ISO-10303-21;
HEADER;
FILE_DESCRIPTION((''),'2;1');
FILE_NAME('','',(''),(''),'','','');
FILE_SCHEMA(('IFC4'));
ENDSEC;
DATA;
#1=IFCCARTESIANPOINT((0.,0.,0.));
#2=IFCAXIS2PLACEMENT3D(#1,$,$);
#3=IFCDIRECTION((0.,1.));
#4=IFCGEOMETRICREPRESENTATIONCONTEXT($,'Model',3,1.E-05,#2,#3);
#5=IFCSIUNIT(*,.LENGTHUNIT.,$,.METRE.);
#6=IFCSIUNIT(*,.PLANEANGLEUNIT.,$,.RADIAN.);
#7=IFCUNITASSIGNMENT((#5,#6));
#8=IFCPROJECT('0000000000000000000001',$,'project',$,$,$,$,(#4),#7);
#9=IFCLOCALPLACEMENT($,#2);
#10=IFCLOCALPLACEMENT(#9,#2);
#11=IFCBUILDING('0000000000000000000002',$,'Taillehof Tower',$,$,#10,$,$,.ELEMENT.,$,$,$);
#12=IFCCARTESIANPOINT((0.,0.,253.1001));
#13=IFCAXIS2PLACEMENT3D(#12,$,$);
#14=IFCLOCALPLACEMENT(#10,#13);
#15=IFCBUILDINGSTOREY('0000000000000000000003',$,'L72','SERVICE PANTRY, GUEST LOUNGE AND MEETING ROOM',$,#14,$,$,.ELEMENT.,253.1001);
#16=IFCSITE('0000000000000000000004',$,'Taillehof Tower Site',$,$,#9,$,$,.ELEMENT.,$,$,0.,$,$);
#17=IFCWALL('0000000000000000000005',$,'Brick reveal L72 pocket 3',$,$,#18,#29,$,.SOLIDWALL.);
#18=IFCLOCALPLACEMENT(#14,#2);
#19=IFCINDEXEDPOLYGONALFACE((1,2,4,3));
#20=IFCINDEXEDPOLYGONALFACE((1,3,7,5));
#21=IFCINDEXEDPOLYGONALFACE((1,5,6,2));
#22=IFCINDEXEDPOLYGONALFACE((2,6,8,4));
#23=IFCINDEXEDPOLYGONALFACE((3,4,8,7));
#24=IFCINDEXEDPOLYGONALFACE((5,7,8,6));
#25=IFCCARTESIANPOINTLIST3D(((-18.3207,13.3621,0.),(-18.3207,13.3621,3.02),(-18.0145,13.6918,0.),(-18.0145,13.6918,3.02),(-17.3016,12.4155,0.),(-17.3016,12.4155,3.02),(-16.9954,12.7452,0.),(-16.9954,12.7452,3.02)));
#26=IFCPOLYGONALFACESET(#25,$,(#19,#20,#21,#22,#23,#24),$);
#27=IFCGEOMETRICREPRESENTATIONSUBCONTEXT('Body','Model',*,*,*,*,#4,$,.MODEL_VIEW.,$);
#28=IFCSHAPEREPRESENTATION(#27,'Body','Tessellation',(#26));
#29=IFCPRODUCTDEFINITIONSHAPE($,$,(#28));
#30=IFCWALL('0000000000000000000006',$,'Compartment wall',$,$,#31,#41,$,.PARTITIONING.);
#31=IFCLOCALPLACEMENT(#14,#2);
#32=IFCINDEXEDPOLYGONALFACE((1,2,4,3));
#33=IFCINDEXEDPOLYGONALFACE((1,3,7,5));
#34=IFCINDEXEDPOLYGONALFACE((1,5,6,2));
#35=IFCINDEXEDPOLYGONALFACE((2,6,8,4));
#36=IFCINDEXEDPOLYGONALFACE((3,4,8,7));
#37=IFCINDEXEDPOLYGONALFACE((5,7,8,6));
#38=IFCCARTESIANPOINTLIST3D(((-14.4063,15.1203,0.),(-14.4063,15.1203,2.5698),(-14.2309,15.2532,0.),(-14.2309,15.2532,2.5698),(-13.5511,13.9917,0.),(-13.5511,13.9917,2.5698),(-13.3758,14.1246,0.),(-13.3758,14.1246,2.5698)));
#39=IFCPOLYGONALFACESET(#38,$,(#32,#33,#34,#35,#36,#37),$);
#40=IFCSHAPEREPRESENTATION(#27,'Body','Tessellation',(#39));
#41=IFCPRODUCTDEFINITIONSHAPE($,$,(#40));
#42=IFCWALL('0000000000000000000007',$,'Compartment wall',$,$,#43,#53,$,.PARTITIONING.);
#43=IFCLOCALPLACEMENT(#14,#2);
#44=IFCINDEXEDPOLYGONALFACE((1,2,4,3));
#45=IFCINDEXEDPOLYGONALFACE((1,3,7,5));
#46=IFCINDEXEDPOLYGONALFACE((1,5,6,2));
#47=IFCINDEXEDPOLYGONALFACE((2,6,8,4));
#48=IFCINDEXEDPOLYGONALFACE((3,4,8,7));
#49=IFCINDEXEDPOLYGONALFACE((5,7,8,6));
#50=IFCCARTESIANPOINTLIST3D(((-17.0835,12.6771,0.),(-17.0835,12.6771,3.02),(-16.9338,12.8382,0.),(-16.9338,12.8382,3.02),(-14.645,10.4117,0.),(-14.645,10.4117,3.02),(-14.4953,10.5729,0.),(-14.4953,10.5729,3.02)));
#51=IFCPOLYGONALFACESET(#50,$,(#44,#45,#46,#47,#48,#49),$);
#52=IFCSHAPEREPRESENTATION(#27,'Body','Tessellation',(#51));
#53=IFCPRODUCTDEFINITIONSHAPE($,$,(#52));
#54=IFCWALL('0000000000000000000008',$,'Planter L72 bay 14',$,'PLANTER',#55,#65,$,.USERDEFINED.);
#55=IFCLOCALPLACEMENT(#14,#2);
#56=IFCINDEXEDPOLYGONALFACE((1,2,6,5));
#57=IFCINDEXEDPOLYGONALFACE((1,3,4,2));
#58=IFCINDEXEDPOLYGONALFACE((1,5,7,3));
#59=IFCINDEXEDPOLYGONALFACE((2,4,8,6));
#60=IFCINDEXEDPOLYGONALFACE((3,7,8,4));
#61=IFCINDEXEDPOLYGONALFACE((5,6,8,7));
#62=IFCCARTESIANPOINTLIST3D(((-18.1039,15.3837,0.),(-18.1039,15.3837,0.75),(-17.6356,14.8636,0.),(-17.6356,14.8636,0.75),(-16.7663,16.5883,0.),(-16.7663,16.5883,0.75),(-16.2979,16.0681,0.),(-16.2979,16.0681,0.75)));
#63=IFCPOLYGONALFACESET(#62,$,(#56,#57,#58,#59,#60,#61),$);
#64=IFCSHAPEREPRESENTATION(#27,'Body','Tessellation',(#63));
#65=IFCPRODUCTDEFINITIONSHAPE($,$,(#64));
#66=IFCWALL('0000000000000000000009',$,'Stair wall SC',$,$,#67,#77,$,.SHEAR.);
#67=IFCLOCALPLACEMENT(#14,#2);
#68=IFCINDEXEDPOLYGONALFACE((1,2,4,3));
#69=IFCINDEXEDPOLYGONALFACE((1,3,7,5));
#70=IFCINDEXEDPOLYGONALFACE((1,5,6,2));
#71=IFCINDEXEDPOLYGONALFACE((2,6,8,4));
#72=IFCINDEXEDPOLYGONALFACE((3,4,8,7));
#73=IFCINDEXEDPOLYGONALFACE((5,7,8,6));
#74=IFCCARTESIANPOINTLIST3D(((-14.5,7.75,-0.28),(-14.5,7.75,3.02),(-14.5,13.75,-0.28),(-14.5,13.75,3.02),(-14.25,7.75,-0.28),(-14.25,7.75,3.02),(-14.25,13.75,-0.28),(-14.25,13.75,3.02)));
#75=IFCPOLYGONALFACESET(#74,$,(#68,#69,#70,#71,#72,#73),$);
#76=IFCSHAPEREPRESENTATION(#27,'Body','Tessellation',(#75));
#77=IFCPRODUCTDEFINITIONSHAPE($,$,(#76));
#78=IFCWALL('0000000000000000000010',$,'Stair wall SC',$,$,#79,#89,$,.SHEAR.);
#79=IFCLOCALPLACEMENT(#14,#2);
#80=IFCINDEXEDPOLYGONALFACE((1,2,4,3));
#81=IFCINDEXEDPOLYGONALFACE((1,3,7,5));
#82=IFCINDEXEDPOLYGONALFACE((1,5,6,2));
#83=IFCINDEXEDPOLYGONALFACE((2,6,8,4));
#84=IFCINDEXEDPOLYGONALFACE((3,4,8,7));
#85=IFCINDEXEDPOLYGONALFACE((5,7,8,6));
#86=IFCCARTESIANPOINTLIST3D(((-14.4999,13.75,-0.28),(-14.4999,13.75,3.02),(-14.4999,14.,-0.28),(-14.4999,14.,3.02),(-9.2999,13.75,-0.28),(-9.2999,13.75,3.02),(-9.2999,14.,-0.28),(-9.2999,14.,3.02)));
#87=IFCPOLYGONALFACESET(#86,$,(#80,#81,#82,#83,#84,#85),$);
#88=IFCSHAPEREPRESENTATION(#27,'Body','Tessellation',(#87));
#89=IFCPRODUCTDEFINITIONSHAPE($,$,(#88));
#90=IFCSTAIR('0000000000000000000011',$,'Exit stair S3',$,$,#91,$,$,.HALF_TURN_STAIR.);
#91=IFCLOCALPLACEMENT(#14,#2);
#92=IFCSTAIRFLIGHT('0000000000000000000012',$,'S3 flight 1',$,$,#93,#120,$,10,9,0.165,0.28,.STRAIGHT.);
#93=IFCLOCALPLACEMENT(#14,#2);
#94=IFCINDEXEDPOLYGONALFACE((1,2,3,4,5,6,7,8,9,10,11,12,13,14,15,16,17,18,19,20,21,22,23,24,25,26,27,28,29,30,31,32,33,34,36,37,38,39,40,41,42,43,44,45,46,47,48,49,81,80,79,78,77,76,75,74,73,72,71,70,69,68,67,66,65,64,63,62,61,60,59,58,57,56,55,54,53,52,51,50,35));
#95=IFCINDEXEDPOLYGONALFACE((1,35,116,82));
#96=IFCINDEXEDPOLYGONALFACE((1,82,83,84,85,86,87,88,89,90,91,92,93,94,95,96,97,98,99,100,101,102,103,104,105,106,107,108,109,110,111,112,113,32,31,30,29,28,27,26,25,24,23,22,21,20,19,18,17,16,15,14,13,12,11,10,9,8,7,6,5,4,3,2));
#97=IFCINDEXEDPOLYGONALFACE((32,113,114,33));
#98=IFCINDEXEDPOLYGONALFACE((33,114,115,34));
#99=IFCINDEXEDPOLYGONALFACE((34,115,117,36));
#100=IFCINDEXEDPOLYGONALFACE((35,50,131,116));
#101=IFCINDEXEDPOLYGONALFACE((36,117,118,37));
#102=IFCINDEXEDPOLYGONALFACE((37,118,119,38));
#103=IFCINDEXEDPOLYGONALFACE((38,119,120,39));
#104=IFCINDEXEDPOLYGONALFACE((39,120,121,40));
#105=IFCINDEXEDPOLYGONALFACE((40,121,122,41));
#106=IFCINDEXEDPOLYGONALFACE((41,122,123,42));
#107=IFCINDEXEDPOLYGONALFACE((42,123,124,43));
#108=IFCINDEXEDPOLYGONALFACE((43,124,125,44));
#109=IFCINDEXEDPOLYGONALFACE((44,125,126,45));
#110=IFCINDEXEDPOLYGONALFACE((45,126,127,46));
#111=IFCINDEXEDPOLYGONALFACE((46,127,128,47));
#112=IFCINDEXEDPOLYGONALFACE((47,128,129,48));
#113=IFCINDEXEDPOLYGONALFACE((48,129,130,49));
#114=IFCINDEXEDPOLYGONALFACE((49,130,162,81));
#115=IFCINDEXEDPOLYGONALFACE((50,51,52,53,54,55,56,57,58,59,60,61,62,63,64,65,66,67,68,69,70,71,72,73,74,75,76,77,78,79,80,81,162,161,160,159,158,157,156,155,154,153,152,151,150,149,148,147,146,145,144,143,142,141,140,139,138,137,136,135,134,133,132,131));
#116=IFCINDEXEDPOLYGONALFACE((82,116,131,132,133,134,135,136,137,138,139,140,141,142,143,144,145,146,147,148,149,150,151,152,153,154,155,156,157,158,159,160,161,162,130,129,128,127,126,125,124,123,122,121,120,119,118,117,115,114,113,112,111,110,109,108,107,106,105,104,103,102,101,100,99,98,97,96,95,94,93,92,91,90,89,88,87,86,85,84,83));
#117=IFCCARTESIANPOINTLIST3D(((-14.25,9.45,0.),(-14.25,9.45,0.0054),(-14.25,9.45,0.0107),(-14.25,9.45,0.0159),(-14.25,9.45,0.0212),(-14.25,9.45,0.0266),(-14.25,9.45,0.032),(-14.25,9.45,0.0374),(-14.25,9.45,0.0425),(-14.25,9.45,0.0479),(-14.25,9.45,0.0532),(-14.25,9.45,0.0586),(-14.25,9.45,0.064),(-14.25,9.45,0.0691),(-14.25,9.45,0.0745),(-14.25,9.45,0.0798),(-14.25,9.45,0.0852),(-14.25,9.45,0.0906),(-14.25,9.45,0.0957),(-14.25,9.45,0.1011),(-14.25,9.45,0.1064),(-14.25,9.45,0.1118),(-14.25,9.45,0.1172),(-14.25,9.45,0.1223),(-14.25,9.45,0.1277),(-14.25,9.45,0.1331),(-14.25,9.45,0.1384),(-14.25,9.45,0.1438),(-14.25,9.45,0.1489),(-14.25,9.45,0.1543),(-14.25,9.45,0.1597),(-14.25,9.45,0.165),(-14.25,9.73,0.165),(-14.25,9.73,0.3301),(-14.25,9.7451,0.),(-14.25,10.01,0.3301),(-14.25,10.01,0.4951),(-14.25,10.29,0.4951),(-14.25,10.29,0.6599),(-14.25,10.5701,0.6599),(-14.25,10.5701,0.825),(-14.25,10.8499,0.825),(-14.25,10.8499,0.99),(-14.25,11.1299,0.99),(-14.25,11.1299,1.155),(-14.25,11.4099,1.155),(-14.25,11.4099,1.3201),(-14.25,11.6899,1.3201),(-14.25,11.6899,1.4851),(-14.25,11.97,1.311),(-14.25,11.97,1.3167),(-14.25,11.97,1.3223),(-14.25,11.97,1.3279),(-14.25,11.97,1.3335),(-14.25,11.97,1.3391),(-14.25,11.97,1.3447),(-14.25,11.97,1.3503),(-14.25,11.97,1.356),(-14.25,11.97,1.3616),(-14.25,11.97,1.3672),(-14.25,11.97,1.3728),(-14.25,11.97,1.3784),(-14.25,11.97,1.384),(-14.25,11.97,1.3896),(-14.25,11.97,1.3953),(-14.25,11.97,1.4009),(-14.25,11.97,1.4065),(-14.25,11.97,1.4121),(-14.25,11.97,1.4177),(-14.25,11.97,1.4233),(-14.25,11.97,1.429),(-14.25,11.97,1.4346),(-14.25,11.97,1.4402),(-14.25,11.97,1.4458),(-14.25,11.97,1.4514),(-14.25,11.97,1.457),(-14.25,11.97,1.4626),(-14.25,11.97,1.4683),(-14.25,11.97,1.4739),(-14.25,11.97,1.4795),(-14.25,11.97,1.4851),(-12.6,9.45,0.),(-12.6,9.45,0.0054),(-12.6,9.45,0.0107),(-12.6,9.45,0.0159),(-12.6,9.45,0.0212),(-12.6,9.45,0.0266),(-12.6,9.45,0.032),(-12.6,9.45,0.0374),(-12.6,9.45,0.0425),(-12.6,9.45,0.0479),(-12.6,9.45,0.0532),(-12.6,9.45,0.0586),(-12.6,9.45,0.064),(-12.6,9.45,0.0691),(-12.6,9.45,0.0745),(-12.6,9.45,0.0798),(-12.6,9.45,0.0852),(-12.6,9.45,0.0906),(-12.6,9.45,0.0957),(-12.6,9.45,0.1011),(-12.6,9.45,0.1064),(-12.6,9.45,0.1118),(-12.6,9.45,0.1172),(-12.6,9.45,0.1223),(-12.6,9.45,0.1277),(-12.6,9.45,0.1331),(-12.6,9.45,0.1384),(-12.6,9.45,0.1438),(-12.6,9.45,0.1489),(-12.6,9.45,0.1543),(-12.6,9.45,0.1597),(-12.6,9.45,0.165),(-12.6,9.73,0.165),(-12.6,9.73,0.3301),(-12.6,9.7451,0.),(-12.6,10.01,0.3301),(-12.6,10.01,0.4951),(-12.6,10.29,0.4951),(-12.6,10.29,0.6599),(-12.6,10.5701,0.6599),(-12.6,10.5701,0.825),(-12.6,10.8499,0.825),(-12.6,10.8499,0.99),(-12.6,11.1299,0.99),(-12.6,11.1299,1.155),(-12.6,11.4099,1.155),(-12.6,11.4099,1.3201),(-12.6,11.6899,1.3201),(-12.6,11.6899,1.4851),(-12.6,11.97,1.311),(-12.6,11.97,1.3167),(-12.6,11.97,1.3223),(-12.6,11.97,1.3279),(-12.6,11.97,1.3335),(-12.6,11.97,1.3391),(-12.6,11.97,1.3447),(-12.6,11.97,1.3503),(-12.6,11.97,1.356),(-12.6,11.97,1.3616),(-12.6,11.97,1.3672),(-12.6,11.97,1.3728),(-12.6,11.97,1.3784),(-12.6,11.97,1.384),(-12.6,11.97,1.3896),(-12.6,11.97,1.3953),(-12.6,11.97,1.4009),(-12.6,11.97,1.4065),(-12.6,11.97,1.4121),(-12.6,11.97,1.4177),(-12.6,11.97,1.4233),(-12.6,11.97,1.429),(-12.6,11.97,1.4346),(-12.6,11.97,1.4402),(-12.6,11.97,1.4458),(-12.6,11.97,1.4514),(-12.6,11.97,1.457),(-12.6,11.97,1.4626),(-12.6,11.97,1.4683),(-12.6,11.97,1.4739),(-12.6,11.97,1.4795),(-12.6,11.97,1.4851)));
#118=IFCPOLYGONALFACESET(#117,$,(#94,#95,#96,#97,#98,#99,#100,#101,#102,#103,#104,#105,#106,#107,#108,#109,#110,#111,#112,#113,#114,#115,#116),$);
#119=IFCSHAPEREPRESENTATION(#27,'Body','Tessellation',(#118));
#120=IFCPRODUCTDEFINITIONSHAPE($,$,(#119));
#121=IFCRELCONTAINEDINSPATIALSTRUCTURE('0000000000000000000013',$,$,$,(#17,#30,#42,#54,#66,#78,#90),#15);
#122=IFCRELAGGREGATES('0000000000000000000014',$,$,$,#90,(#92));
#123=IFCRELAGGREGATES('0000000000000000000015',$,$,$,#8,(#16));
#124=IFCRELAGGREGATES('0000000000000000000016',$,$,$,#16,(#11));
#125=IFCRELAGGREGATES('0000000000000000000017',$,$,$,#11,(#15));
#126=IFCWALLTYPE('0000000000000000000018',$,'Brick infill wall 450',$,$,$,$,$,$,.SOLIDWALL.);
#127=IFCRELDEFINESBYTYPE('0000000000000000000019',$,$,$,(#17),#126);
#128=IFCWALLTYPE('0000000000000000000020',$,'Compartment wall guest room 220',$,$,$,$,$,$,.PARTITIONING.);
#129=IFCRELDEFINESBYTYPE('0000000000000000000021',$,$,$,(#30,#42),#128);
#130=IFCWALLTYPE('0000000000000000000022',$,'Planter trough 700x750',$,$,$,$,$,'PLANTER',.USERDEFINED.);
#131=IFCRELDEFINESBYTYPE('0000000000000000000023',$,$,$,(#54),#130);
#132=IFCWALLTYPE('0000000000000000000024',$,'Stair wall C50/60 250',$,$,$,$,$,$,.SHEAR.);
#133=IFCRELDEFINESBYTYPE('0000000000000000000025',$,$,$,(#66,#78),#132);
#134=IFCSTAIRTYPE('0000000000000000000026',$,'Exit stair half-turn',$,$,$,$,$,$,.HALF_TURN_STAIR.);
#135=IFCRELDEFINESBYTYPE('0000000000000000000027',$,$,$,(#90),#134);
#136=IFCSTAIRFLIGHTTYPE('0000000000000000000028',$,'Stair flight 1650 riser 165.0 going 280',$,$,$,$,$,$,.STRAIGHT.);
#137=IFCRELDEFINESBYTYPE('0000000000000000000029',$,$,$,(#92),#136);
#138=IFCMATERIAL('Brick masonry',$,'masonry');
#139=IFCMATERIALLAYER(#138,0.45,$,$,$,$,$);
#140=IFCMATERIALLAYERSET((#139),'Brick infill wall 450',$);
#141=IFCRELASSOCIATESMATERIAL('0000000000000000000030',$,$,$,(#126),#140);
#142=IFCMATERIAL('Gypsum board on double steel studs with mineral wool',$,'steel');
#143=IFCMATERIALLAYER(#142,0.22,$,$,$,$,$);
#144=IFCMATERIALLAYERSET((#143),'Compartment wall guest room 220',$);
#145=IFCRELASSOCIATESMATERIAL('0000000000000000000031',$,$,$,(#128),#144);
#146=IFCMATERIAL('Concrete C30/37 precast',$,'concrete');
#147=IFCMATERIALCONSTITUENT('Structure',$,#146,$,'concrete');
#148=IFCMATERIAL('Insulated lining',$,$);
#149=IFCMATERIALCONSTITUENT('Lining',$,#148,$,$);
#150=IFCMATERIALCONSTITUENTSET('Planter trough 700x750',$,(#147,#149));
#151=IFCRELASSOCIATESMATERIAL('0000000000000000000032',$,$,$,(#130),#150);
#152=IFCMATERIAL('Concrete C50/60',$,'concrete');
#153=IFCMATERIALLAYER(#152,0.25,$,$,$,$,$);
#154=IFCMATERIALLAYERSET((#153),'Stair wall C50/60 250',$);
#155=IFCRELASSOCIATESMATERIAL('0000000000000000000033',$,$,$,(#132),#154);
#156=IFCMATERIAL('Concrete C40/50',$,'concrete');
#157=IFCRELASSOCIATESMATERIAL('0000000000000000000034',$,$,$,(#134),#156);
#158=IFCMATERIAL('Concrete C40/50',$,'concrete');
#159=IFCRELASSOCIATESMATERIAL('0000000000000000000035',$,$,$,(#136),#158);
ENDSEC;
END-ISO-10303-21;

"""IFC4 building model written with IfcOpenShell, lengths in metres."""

from ifc_helpers import new_model, si_unit, direction, frame, frame_2d, origin, place, context, subcontext, project, spatial, polyline, rectangle, outline, extrude, material, layer, layer_set, constituent, constituent_set, type_object, element, aggregate, save


model = new_model("IFC4")

# Units and contexts
model_context = context("Model", 3, precision=1e-05, world=origin(), true_north=direction((0.0, 1.0)))
body_context = subcontext(model_context, "Body", "Model", "MODEL_VIEW")
ifc_project = project(units=[si_unit("LENGTHUNIT", "METRE"), si_unit("PLANEANGLEUNIT", "RADIAN")], contexts=[model_context])

# Site, building, storey
site_placement = place(None, origin())
site = spatial("IfcSite", under=ifc_project, at=site_placement, Name="Taillehof Tower Site", CompositionType="ELEMENT", RefElevation=0.0)
building_placement = place(site_placement, origin())
building = spatial("IfcBuilding", under=site, at=building_placement, Name="Taillehof Tower", CompositionType="ELEMENT")
storey_placement = place(building_placement, frame((0.0, 0.0, 253.1001)))
storey = spatial("IfcBuildingStorey", under=building, at=storey_placement, Name="L72", Description="SERVICE PANTRY, GUEST LOUNGE AND MEETING ROOM", CompositionType="ELEMENT", Elevation=253.1001)

# Shared definitions
ifc_material_1 = material(Name="Brick masonry", Category="masonry")
ifc_layer_1 = layer(ifc_material_1, 0.45)
ifc_layer_set_1 = layer_set([ifc_layer_1], Name="Brick infill wall 450")
wall_type_1 = type_object("IfcWallType", Name="Brick infill wall 450", PredefinedType="SOLIDWALL", material=ifc_layer_set_1)

# Wall
wall_1_placement = place(storey_placement, frame((-18.1675, 13.5269, 0.0), z_axis=(0.0, 0.0, 1.0), x_axis=(0.732693, -0.680559, 0.0)))
element("IfcWall", 1, at=wall_1_placement, inside=storey, type_object=wall_type_1, Name="Brick reveal L72 pocket 3", PredefinedType="SOLIDWALL", context=body_context, shape_type="SweptSolid", body=[
    extrude(rectangle(XDim=1.3909, YDim=0.45, at=frame_2d((0.6953, 0.0))), origin(), (0.0, 0.0, 1.0), 3.02),
])

# Walls
ifc_material_2 = material(Name="Gypsum board on double steel studs with mineral wool", Category="steel")
ifc_layer_2 = layer(ifc_material_2, 0.22)
ifc_layer_set_2 = layer_set([ifc_layer_2], Name="Compartment wall guest room 220")
wall_type_2 = type_object("IfcWallType", Name="Compartment wall guest room 220", PredefinedType="PARTITIONING", material=ifc_layer_set_2)
wall_2_placement = place(storey_placement, frame((-14.3186, 15.1868, 0.0), z_axis=(0.0, 0.0, 1.0), x_axis=(0.603937, -0.797032, 0.0)))
element("IfcWall", 2, at=wall_2_placement, inside=storey, type_object=wall_type_2, Name="Compartment wall", PredefinedType="PARTITIONING", context=body_context, shape_type="SweptSolid", body=[
    extrude(rectangle(XDim=1.416, YDim=0.22, at=frame_2d((0.708, 0.0))), origin(), (0.0, 0.0, 1.0), 2.5698),
])
wall_3_placement = place(storey_placement, frame((-17.0085, 12.7576, 0.0), z_axis=(0.0, 0.0, 1.0), x_axis=(0.732631, -0.680626, 0.0)))
element("IfcWall", 3, at=wall_3_placement, inside=storey, type_object=wall_type_2, Name="Compartment wall", PredefinedType="PARTITIONING", context=body_context, shape_type="SweptSolid", body=[
    extrude(rectangle(XDim=3.3284, YDim=0.22, at=frame_2d((1.6641, 0.0))), origin(), (0.0, 0.0, 1.0), 3.02),
])
ifc_material_3 = material(Name="Concrete C30/37 precast", Category="concrete")
ifc_constituent_1 = constituent(ifc_material_3, Name="Structure", Category="concrete")
ifc_material_4 = material(Name="Insulated lining")
ifc_constituent_2 = constituent(ifc_material_4, Name="Lining")
ifc_constituent_set = constituent_set(constituents=[ifc_constituent_1, ifc_constituent_2], Name="Planter trough 700x750")
wall_type_3 = type_object("IfcWallType", Name="Planter trough 700x750", ElementType="PLANTER", PredefinedType="USERDEFINED", material=ifc_constituent_set)
wall_4_placement = place(storey_placement, frame((-16.5322, 16.3281, 0.0), z_axis=(0.0, 0.0, 1.0), x_axis=(-0.743099, -0.669182, 0.0)))
element("IfcWall", 4, at=wall_4_placement, inside=storey, type_object=wall_type_3, Name="Planter L72 bay 14", ObjectType="PLANTER", PredefinedType="USERDEFINED", context=body_context, shape_type="SweptSolid", body=[
    extrude(rectangle(XDim=1.8, YDim=0.7, at=frame_2d((0.8999, 0.0))), origin(), (0.0, 0.0, 1.0), 0.75),
])
ifc_material_5 = material(Name="Concrete C50/60", Category="concrete")
ifc_layer_3 = layer(ifc_material_5, 0.25)
ifc_layer_set_3 = layer_set([ifc_layer_3], Name="Stair wall C50/60 250")
wall_type_4 = type_object("IfcWallType", Name="Stair wall C50/60 250", PredefinedType="SHEAR", material=ifc_layer_set_3)
wall_5_placement = place(storey_placement, frame((-14.375, 7.75, -0.28), z_axis=(0.0, 0.0, 1.0), x_axis=(0.0, 1.0, 0.0)))
element("IfcWall", 5, at=wall_5_placement, inside=storey, type_object=wall_type_4, Name="Stair wall SC", PredefinedType="SHEAR", context=body_context, shape_type="SweptSolid", body=[
    extrude(rectangle(XDim=6.0, YDim=0.25, at=frame_2d((3.0, 0.0))), origin(), (0.0, 0.0, 1.0), 3.3),
])
wall_6_placement = place(storey_placement, frame((-14.5, 13.875, -0.28), z_axis=(0.0, 0.0, 1.0), x_axis=(1.0, 0.0, 0.0)))
element("IfcWall", 6, at=wall_6_placement, inside=storey, type_object=wall_type_4, Name="Stair wall SC", PredefinedType="SHEAR", context=body_context, shape_type="SweptSolid", body=[
    extrude(rectangle(XDim=5.2, YDim=0.25, at=frame_2d((2.6001, 0.0))), origin(), (0.0, 0.0, 1.0), 3.3),
])

# Stair, stair flight
ifc_material_6 = material(Name="Concrete C40/50", Category="concrete")
stair_type = type_object("IfcStairType", Name="Exit stair half-turn", PredefinedType="HALF_TURN_STAIR", material=ifc_material_6)
stair_placement = place(storey_placement, origin())
stair = element("IfcStair", 7, at=stair_placement, inside=storey, type_object=stair_type, Name="Exit stair S3", PredefinedType="HALF_TURN_STAIR")
ifc_material_7 = material(Name="Concrete C40/50", Category="concrete")
stair_flight_type = type_object("IfcStairFlightType", Name="Stair flight 1650 riser 165.0 going 280", PredefinedType="STRAIGHT", material=ifc_material_7)
stair_flight_placement = place(storey_placement, frame((-13.425, 9.45, 0.0), z_axis=(0.0, 0.0, 1.0), x_axis=(0.0, 1.0, 0.0)))
stair_flight = element("IfcStairFlight", 8, at=stair_flight_placement, type_object=stair_flight_type, Name="S3 flight 1", NumberOfRisers=10, NumberOfTreads=9, PredefinedType="STRAIGHT", RiserHeight=0.165, TreadLength=0.28, context=body_context, shape_type="SweptSolid", body=[
    extrude(outline(polyline([(0.0, 0.0), (0.0, 0.0054), (0.0, 0.0107), (0.0, 0.0159), (0.0, 0.0212), (0.0, 0.0266), (0.0, 0.032), (0.0, 0.0374), (0.0, 0.0425), (0.0, 0.0479), (0.0, 0.0532), (0.0, 0.0586), (0.0, 0.064), (0.0, 0.0691), (0.0, 0.0745), (0.0, 0.0798), (0.0, 0.0852), (0.0, 0.0906), (0.0, 0.0957), (0.0, 0.1011), (0.0, 0.1064), (0.0, 0.1118), (0.0, 0.1172), (0.0, 0.1223), (0.0, 0.1277), (0.0, 0.1331), (0.0, 0.1384), (0.0, 0.1438), (0.0, 0.1489), (0.0, 0.1543), (0.0, 0.1597), (0.0, 0.165), (0.28, 0.165), (0.28, 0.3301), (0.5601, 0.3301), (0.5601, 0.4951), (0.8401, 0.4951), (0.8401, 0.6599), (1.1201, 0.6599), (1.1201, 0.825), (1.3999, 0.825), (1.3999, 0.99), (1.6799, 0.99), (1.6799, 1.155), (1.96, 1.155), (1.96, 1.3201), (2.24, 1.3201), (2.24, 1.4851), (2.52, 1.4851), (2.52, 1.4795), (2.52, 1.4739), (2.52, 1.4683), (2.52, 1.4626), (2.52, 1.457), (2.52, 1.4514), (2.52, 1.4458), (2.52, 1.4402), (2.52, 1.4346), (2.52, 1.429), (2.52, 1.4233), (2.52, 1.4177), (2.52, 1.4121), (2.52, 1.4065), (2.52, 1.4009), (2.52, 1.3953), (2.52, 1.3896), (2.52, 1.384), (2.52, 1.3784), (2.52, 1.3728), (2.52, 1.3672), (2.52, 1.3616), (2.52, 1.356), (2.52, 1.3503), (2.52, 1.3447), (2.52, 1.3391), (2.52, 1.3335), (2.52, 1.3279), (2.52, 1.3223), (2.52, 1.3167), (2.52, 1.311), (0.2952, 0.0), (0.0, 0.0)])), frame((0.0, 0.825, 0.0), z_axis=(0.0, -1.0, 0.0), x_axis=(1.0, 0.0, 0.0)), (0.0, 0.0, 1.0), 1.65),
])
aggregate(stair, [stair_flight])

save(model, "model.ifc")
